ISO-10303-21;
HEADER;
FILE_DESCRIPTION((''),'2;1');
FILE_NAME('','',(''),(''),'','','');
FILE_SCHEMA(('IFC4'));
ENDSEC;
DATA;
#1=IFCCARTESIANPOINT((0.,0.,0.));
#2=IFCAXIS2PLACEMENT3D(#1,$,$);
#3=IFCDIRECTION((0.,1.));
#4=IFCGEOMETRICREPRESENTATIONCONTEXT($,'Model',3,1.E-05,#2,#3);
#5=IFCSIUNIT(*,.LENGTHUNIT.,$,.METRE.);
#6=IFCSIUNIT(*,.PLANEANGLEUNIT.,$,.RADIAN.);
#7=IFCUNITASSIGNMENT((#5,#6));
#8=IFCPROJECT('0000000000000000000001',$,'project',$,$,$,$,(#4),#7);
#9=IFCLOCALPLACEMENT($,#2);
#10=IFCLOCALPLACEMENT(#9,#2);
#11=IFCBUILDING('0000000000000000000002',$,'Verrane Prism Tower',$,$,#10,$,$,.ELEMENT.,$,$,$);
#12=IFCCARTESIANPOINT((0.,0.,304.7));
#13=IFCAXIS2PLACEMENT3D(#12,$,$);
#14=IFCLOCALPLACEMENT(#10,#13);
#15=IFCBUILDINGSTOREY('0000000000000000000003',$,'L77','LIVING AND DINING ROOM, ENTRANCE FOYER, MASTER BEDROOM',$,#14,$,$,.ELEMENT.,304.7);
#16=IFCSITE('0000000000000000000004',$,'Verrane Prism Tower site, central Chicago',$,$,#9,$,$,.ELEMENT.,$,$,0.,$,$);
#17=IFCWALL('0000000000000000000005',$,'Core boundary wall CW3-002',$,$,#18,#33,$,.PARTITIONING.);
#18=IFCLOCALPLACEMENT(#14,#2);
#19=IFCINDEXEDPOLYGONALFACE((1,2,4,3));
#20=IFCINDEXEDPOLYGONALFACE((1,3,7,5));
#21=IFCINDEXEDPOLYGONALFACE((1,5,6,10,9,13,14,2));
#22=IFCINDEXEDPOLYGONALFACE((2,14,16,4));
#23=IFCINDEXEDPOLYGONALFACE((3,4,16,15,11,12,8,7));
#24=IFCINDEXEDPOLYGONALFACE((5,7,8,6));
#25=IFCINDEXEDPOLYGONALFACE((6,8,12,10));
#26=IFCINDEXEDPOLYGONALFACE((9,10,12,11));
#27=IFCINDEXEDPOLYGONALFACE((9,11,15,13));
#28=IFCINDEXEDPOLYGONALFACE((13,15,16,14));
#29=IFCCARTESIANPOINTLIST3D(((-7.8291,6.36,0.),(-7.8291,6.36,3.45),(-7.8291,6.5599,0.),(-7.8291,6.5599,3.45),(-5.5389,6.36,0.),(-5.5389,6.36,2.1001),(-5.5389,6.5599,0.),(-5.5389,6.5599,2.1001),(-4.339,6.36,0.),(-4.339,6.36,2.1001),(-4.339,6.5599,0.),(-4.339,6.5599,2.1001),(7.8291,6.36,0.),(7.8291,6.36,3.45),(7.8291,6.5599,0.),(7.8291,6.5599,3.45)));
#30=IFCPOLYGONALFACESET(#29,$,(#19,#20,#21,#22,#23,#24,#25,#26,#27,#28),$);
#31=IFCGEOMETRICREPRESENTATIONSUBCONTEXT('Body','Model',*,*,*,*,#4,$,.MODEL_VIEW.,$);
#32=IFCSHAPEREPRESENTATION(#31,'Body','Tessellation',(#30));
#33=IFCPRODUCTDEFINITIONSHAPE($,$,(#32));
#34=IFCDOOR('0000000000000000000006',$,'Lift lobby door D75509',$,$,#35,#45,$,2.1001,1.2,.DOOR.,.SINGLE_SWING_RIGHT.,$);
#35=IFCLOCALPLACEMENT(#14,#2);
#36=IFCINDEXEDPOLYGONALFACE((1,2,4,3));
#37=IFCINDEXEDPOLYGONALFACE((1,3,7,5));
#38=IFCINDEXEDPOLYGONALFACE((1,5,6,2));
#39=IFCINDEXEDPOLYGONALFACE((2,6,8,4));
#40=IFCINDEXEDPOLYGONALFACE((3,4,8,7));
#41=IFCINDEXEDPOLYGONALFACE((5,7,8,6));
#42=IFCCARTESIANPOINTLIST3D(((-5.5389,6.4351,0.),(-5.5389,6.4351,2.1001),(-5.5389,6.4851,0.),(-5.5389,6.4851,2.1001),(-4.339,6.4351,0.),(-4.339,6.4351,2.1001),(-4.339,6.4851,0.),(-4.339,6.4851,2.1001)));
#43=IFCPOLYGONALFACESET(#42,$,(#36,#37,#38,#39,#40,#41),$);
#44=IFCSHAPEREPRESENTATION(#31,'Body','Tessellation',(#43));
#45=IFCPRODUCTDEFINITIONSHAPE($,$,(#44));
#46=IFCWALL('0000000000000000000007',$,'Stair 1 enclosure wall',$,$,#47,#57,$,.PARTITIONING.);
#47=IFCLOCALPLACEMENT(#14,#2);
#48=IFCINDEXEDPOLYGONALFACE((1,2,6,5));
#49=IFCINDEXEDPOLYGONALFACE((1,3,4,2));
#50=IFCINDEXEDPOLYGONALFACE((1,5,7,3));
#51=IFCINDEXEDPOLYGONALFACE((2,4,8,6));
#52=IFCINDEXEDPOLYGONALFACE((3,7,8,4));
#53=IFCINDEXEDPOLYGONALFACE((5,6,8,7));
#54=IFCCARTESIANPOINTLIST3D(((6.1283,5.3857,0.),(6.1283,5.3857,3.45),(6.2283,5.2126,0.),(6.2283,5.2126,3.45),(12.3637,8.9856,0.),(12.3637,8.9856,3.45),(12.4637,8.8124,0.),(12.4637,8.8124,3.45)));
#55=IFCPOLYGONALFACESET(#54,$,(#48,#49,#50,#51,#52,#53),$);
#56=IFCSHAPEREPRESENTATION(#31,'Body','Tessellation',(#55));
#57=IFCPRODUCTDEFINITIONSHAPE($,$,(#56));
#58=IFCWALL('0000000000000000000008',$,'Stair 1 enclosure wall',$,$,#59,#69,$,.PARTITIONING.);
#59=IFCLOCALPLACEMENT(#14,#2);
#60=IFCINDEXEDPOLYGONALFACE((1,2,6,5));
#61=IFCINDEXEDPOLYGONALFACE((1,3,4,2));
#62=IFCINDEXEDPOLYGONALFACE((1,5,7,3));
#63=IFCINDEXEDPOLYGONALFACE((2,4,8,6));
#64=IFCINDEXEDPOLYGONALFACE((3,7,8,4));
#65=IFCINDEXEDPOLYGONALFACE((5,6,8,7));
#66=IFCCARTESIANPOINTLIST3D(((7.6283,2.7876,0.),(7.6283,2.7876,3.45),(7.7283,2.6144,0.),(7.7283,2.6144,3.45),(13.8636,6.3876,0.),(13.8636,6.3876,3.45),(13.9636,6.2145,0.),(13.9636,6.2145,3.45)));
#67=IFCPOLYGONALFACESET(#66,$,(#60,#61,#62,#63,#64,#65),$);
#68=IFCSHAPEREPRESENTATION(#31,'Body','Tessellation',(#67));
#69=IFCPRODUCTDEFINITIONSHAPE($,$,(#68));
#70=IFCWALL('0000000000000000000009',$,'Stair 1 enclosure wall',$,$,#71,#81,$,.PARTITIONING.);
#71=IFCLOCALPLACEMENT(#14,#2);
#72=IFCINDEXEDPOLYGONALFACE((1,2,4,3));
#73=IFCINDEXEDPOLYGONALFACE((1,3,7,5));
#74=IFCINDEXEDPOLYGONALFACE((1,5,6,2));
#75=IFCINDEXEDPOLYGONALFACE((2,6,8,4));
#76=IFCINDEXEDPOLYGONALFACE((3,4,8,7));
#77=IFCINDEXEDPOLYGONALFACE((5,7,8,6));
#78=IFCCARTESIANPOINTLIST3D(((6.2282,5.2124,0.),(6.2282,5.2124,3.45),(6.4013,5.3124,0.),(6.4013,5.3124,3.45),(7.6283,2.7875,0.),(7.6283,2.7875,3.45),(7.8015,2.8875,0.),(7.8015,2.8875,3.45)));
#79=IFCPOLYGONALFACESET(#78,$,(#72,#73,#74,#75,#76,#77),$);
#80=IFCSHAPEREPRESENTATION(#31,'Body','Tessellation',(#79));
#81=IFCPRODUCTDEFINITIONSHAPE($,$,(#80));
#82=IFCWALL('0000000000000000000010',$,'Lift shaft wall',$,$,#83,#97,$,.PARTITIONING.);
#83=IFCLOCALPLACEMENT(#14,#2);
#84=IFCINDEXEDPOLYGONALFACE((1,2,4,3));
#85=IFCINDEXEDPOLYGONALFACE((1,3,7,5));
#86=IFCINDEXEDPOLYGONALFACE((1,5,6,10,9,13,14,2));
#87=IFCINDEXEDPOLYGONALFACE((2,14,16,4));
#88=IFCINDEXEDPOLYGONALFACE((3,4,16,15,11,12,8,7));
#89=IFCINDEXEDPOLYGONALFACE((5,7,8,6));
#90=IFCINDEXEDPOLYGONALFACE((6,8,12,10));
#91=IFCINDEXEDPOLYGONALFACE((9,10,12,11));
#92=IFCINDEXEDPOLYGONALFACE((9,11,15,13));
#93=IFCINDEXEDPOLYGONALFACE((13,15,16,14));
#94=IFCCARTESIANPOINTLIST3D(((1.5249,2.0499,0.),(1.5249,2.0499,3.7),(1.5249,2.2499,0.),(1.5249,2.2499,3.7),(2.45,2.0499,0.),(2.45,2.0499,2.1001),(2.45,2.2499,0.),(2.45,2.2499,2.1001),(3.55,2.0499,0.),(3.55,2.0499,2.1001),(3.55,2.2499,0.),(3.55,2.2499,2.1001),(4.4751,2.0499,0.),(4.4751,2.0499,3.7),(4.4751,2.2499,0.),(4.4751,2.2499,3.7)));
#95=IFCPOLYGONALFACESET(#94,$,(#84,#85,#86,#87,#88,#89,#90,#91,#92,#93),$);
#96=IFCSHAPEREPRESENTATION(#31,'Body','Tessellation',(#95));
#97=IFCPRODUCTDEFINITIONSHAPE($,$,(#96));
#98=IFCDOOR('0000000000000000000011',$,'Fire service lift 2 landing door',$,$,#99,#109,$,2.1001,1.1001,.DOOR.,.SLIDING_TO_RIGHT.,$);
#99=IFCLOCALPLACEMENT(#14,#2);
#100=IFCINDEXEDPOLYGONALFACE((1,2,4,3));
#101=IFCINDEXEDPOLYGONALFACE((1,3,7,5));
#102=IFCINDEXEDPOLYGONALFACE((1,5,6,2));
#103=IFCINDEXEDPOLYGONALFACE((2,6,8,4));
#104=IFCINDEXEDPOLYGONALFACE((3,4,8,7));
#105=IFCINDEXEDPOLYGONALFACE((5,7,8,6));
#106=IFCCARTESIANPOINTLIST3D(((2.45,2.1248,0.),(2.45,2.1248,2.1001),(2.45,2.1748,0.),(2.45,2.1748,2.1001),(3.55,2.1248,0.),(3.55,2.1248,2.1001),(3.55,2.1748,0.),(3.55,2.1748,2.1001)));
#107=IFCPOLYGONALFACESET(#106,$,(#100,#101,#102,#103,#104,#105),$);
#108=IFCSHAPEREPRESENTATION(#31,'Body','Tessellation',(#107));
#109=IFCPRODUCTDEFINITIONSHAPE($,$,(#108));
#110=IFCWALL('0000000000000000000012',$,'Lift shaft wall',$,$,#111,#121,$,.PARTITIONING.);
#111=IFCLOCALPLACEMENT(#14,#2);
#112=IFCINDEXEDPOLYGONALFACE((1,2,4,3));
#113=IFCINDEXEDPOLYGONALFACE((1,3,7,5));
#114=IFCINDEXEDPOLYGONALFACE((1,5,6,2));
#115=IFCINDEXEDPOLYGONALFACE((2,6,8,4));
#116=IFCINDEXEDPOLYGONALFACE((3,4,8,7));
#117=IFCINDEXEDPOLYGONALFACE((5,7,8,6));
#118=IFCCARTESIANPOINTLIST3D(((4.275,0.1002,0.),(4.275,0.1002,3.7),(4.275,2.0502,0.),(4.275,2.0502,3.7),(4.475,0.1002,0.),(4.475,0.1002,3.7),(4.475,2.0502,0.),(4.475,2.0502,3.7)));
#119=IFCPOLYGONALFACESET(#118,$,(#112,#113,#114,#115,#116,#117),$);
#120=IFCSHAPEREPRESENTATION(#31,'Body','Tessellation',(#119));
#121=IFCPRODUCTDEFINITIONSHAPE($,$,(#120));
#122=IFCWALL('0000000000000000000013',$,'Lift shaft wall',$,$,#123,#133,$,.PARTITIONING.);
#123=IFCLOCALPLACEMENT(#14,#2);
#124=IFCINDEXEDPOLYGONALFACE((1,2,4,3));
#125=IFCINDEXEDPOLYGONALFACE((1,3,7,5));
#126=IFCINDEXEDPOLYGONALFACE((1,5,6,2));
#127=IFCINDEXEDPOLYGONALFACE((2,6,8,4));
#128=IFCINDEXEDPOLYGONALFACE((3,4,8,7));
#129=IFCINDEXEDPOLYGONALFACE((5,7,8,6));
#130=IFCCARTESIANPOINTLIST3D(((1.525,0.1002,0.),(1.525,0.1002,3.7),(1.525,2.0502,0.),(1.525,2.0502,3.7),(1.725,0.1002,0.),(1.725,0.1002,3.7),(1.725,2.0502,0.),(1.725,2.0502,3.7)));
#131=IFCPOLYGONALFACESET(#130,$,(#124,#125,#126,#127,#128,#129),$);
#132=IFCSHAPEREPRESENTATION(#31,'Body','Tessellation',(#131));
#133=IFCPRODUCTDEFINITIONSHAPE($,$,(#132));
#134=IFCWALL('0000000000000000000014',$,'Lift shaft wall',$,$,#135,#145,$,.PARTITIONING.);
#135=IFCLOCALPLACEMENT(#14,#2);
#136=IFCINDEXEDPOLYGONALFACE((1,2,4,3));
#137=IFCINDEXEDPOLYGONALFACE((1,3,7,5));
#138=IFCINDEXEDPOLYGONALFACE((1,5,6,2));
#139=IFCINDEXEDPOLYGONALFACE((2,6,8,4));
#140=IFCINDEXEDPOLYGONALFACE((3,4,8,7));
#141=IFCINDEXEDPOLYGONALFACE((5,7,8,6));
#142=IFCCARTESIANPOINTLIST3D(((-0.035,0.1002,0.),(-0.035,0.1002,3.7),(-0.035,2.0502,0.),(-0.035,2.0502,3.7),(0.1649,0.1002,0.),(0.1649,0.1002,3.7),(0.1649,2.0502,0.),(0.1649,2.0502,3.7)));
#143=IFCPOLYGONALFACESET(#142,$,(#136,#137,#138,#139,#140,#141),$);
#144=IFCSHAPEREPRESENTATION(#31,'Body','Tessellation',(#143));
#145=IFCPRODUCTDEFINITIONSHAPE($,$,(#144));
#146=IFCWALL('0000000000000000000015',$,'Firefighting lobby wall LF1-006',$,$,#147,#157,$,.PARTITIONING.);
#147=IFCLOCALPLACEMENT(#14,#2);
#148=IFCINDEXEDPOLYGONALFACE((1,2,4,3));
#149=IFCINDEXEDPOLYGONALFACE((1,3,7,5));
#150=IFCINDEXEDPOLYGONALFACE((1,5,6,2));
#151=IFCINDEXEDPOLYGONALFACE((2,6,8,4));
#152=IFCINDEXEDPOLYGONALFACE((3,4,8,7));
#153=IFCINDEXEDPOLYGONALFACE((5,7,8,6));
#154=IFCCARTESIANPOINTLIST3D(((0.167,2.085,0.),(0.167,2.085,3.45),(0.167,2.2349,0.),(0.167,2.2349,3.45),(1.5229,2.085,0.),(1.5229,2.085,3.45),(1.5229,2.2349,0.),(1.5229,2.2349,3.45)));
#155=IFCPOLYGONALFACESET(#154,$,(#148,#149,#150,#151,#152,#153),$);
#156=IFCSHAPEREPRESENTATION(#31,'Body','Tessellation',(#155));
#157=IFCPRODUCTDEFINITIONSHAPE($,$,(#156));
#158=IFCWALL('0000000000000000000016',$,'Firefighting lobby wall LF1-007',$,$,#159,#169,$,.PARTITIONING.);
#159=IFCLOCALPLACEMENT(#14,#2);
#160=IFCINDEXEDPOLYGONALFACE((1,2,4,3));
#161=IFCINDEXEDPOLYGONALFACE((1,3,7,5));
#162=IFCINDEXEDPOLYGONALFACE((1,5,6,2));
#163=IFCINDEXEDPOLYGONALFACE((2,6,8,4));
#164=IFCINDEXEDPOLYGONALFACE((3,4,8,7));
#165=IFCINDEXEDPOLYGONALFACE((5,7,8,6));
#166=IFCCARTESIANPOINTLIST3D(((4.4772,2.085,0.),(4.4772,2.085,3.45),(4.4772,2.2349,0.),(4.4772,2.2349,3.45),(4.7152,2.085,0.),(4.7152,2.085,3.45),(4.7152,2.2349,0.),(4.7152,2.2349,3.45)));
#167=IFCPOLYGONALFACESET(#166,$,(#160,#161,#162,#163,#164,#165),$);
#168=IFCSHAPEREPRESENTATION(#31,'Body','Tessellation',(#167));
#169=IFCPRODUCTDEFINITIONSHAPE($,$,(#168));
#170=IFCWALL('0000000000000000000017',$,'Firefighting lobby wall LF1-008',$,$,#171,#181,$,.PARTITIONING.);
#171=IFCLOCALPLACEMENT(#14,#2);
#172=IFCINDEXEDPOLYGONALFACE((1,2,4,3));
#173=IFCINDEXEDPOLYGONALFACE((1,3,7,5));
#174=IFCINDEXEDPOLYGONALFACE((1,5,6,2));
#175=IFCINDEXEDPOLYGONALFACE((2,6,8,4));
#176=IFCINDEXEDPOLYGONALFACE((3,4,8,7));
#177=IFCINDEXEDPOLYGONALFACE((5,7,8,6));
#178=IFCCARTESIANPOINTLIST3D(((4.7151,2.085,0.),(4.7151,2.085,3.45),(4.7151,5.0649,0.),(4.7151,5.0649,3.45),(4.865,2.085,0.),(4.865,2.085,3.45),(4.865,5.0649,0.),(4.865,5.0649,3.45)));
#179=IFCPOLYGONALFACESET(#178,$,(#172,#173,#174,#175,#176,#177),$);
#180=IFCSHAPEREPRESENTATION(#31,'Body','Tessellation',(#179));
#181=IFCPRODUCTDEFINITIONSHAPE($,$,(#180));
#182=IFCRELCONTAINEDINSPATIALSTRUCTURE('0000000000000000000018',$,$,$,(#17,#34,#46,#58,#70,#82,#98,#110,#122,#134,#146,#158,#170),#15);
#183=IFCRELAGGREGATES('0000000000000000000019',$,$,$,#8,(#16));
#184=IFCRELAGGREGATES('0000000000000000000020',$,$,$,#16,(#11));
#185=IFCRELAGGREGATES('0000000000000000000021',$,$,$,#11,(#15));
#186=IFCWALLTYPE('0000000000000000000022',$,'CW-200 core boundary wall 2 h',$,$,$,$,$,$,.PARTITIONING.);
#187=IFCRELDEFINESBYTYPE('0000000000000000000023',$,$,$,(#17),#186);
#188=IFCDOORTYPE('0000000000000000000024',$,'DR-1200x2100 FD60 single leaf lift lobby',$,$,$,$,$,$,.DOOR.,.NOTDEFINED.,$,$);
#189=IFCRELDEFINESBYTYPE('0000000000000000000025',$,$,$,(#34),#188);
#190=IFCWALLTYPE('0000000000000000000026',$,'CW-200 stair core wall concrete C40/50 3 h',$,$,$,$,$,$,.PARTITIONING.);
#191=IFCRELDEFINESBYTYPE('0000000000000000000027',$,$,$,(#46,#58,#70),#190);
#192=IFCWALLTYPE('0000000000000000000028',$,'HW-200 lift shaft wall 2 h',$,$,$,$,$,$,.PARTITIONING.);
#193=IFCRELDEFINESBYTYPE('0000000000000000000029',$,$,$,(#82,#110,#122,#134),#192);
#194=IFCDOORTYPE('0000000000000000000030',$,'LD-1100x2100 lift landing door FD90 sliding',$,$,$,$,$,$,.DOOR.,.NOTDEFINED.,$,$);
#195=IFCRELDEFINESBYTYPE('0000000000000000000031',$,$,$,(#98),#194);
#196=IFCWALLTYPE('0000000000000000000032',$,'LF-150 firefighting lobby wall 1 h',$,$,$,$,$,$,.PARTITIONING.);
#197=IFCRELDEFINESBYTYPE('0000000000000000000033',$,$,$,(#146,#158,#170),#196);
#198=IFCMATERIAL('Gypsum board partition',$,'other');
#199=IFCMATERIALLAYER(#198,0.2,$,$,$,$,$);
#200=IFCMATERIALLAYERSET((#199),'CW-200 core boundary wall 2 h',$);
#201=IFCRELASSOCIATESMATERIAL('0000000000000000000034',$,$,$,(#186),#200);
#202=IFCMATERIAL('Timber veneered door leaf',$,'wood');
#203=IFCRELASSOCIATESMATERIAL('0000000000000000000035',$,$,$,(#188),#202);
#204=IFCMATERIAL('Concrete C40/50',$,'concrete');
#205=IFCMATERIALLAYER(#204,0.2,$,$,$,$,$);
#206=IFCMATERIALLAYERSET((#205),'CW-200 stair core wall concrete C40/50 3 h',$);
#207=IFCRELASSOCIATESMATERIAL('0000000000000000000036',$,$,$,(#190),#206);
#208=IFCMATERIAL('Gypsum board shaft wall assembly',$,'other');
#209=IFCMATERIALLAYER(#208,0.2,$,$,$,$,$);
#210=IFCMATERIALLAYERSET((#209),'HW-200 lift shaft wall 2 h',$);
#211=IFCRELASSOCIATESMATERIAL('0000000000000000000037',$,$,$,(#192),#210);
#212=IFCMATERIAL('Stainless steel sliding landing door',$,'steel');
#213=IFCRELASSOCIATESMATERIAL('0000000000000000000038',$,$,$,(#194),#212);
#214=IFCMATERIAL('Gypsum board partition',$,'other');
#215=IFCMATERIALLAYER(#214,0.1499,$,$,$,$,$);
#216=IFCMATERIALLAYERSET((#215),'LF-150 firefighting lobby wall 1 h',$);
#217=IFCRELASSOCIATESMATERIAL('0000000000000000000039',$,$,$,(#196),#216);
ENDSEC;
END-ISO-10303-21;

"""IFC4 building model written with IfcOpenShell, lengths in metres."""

from ifc_helpers import new_model, si_unit, direction, frame, frame_2d, origin, place, context, subcontext, project, spatial, rectangle, extrude, material, layer, layer_set, type_object, element, fill, save


model = new_model("IFC4")

# Units and contexts
model_context = context("Model", 3, precision=1e-05, world=origin(), true_north=direction((0.0, 1.0)))
body_context = subcontext(model_context, "Body", "Model", "MODEL_VIEW")
ifc_project = project(units=[si_unit("LENGTHUNIT", "METRE"), si_unit("PLANEANGLEUNIT", "RADIAN")], contexts=[model_context])

# Site, building, storey
site_placement = place(None, origin())
site = spatial("IfcSite", under=ifc_project, at=site_placement, Name="Verrane Prism Tower site, central Chicago", CompositionType="ELEMENT", RefElevation=0.0)
building_placement = place(site_placement, origin())
building = spatial("IfcBuilding", under=site, at=building_placement, Name="Verrane Prism Tower", CompositionType="ELEMENT")
storey_placement = place(building_placement, frame((0.0, 0.0, 304.7)))
storey = spatial("IfcBuildingStorey", under=building, at=storey_placement, Name="L77", Description="LIVING AND DINING ROOM, ENTRANCE FOYER, MASTER BEDROOM", CompositionType="ELEMENT", Elevation=304.7)

# Wall, opening, door
ifc_material_1 = material(Name="Gypsum board partition", Category="other")
ifc_layer_1 = layer(ifc_material_1, 0.2)
ifc_layer_set_1 = layer_set([ifc_layer_1], Name="CW-200 core boundary wall 2 h")
wall_type_1 = type_object("IfcWallType", Name="CW-200 core boundary wall 2 h", PredefinedType="PARTITIONING", material=ifc_layer_set_1)
wall_1_placement = place(storey_placement, frame((7.8291, 6.46, 0.0), z_axis=(0.0, 0.0, 1.0), x_axis=(-1.0, 0.0, 0.0)))
wall_1 = element("IfcWall", 1, at=wall_1_placement, inside=storey, type_object=wall_type_1, Name="Core boundary wall CW3-002", PredefinedType="PARTITIONING", context=body_context, shape_type="SweptSolid", body=[
    extrude(rectangle(XDim=15.6582, YDim=0.2, at=frame_2d((7.8291, 0.0))), origin(), (0.0, 0.0, 1.0), 3.45),
])
opening_1_placement = place(wall_1_placement, frame((12.168, 0.0, 0.0)))
opening_1 = element("IfcOpeningElement", 2, at=opening_1_placement, cuts=wall_1, PredefinedType="OPENING", context=body_context, shape_type="SweptSolid", body=[
    extrude(rectangle(XDim=1.2, YDim=2.1001, at=frame_2d((0.6001, 1.05))), frame((0.0, 0.1099, 0.0), z_axis=(0.0, -1.0, 0.0), x_axis=(1.0, 0.0, 0.0)), (0.0, 0.0, 1.0), 0.22),
])
ifc_material_2 = material(Name="Timber veneered door leaf", Category="wood")
door_type_1 = type_object("IfcDoorType", Name="DR-1200x2100 FD60 single leaf lift lobby", OperationType="NOTDEFINED", PredefinedType="DOOR", material=ifc_material_2)
door_1_placement = place(opening_1_placement, origin())
door_1 = element("IfcDoor", 3, at=door_1_placement, inside=storey, type_object=door_type_1, Name="Lift lobby door D75509", OperationType="SINGLE_SWING_RIGHT", OverallHeight=2.1001, OverallWidth=1.2, PredefinedType="DOOR", context=body_context, shape_type="SweptSolid", body=[
    extrude(rectangle(XDim=1.2, YDim=2.1001, at=frame_2d((0.6001, 1.05))), frame((0.0, 0.0249, 0.0), z_axis=(0.0, -1.0, 0.0), x_axis=(1.0, 0.0, 0.0)), (0.0, 0.0, 1.0), 0.05),
])
fill(opening_1, door_1)

# Walls
ifc_material_3 = material(Name="Concrete C40/50", Category="concrete")
ifc_layer_2 = layer(ifc_material_3, 0.2)
ifc_layer_set_2 = layer_set([ifc_layer_2], Name="CW-200 stair core wall concrete C40/50 3 h")
wall_type_2 = type_object("IfcWallType", Name="CW-200 stair core wall concrete C40/50 3 h", PredefinedType="PARTITIONING", material=ifc_layer_set_2)
for number, where, z_axis, x_axis, name in (
    (4, (6.1782, 5.2991, 0.0), (0.0, 0.0, 1.0), (0.866033, 0.499987, 0.0), "Stair 1 enclosure wall"),
    (5, (7.6782, 2.7009, 0.0), (0.0, 0.0, 1.0), (0.866018, 0.500012, 0.0), "Stair 1 enclosure wall"),
):
    element("IfcWall", number, at=place(storey_placement, frame(where, z_axis=z_axis, x_axis=x_axis)), inside=storey, type_object=wall_type_2, Name=name, PredefinedType="PARTITIONING", context=body_context, shape_type="SweptSolid", body=[
        extrude(rectangle(XDim=7.2, YDim=0.2, at=frame_2d((3.6001, 0.0))), origin(), (0.0, 0.0, 1.0), 3.45),
    ])
wall_2_placement = place(storey_placement, frame((7.7148, 2.8376, 0.0), z_axis=(0.0, 0.0, 1.0), x_axis=(-0.50005, 0.865997, 0.0)))
element("IfcWall", 6, at=wall_2_placement, inside=storey, type_object=wall_type_2, Name="Stair 1 enclosure wall", PredefinedType="PARTITIONING", context=body_context, shape_type="SweptSolid", body=[
    extrude(rectangle(XDim=2.8, YDim=0.2, at=frame_2d((1.3999, 0.0))), origin(), (0.0, 0.0, 1.0), 3.45),
])

# Wall, opening, door
ifc_material_4 = material(Name="Gypsum board shaft wall assembly", Category="other")
ifc_layer_3 = layer(ifc_material_4, 0.2)
ifc_layer_set_3 = layer_set([ifc_layer_3], Name="HW-200 lift shaft wall 2 h")
wall_type_3 = type_object("IfcWallType", Name="HW-200 lift shaft wall 2 h", PredefinedType="PARTITIONING", material=ifc_layer_set_3)
wall_3_placement = place(storey_placement, frame((1.5249, 2.1499, 0.0), z_axis=(0.0, 0.0, 1.0), x_axis=(1.0, 0.0, 0.0)))
wall_3 = element("IfcWall", 7, at=wall_3_placement, inside=storey, type_object=wall_type_3, Name="Lift shaft wall", PredefinedType="PARTITIONING", context=body_context, shape_type="SweptSolid", body=[
    extrude(rectangle(XDim=2.9502, YDim=0.2, at=frame_2d((1.4751, 0.0))), origin(), (0.0, 0.0, 1.0), 3.7),
])
opening_2_placement = place(wall_3_placement, frame((0.925, 0.0, 0.0)))
opening_2 = element("IfcOpeningElement", 8, at=opening_2_placement, cuts=wall_3, PredefinedType="OPENING", context=body_context, shape_type="SweptSolid", body=[
    extrude(rectangle(XDim=1.1001, YDim=2.1001, at=frame_2d((0.55, 1.05))), frame((0.0, 0.1099, 0.0), z_axis=(0.0, -1.0, 0.0), x_axis=(1.0, 0.0, 0.0)), (0.0, 0.0, 1.0), 0.22),
])
ifc_material_5 = material(Name="Stainless steel sliding landing door", Category="steel")
door_type_2 = type_object("IfcDoorType", Name="LD-1100x2100 lift landing door FD90 sliding", OperationType="NOTDEFINED", PredefinedType="DOOR", material=ifc_material_5)
door_2_placement = place(opening_2_placement, origin())
door_2 = element("IfcDoor", 9, at=door_2_placement, inside=storey, type_object=door_type_2, Name="Fire service lift 2 landing door", OperationType="SLIDING_TO_RIGHT", OverallHeight=2.1001, OverallWidth=1.1001, PredefinedType="DOOR", context=body_context, shape_type="SweptSolid", body=[
    extrude(rectangle(XDim=1.1001, YDim=2.1001, at=frame_2d((0.55, 1.05))), frame((0.0, 0.0249, 0.0), z_axis=(0.0, -1.0, 0.0), x_axis=(1.0, 0.0, 0.0)), (0.0, 0.0, 1.0), 0.05),
])
fill(opening_2, door_2)

# Walls
for number, where, z_axis, x_axis, name in (
    (10, (4.375, 0.1001, 0.0), (0.0, 0.0, 1.0), (0.0, 1.0, 0.0), "Lift shaft wall"),
    (11, (1.625, 0.1001, 0.0), (0.0, 0.0, 1.0), (0.0, 1.0, 0.0), "Lift shaft wall"),
    (12, (0.0649, 0.1001, 0.0), (0.0, 0.0, 1.0), (0.0, 1.0, 0.0), "Lift shaft wall"),
):
    element("IfcWall", number, at=place(storey_placement, frame(where, z_axis=z_axis, x_axis=x_axis)), inside=storey, type_object=wall_type_3, Name=name, PredefinedType="PARTITIONING", context=body_context, shape_type="SweptSolid", body=[
        extrude(rectangle(XDim=1.95, YDim=0.2, at=frame_2d((0.9751, 0.0))), origin(), (0.0, 0.0, 1.0), 3.7),
    ])
ifc_material_6 = material(Name="Gypsum board partition", Category="other")
ifc_layer_4 = layer(ifc_material_6, 0.1499)
ifc_layer_set_4 = layer_set([ifc_layer_4], Name="LF-150 firefighting lobby wall 1 h")
wall_type_4 = type_object("IfcWallType", Name="LF-150 firefighting lobby wall 1 h", PredefinedType="PARTITIONING", material=ifc_layer_set_4)
wall_4_placement = place(storey_placement, frame((0.167, 2.1599, 0.0), z_axis=(0.0, 0.0, 1.0), x_axis=(1.0, 0.0, 0.0)))
element("IfcWall", 13, at=wall_4_placement, inside=storey, type_object=wall_type_4, Name="Firefighting lobby wall LF1-006", PredefinedType="PARTITIONING", context=body_context, shape_type="SweptSolid", body=[
    extrude(rectangle(XDim=1.356, YDim=0.1499, at=frame_2d((0.678, 0.0))), origin(), (0.0, 0.0, 1.0), 3.45),
])
wall_5_placement = place(storey_placement, frame((4.4771, 2.1599, 0.0), z_axis=(0.0, 0.0, 1.0), x_axis=(1.0, 0.0, 0.0)))
element("IfcWall", 14, at=wall_5_placement, inside=storey, type_object=wall_type_4, Name="Firefighting lobby wall LF1-007", PredefinedType="PARTITIONING", context=body_context, shape_type="SweptSolid", body=[
    extrude(rectangle(XDim=0.238, YDim=0.1499, at=frame_2d((0.1191, 0.0))), origin(), (0.0, 0.0, 1.0), 3.45),
])
wall_6_placement = place(storey_placement, frame((4.79, 2.085, 0.0), z_axis=(0.0, 0.0, 1.0), x_axis=(0.0, 1.0, 0.0)))
element("IfcWall", 15, at=wall_6_placement, inside=storey, type_object=wall_type_4, Name="Firefighting lobby wall LF1-008", PredefinedType="PARTITIONING", context=body_context, shape_type="SweptSolid", body=[
    extrude(rectangle(XDim=2.98, YDim=0.1499, at=frame_2d((1.49, 0.0))), origin(), (0.0, 0.0, 1.0), 3.45),
])

save(model, "model.ifc")
